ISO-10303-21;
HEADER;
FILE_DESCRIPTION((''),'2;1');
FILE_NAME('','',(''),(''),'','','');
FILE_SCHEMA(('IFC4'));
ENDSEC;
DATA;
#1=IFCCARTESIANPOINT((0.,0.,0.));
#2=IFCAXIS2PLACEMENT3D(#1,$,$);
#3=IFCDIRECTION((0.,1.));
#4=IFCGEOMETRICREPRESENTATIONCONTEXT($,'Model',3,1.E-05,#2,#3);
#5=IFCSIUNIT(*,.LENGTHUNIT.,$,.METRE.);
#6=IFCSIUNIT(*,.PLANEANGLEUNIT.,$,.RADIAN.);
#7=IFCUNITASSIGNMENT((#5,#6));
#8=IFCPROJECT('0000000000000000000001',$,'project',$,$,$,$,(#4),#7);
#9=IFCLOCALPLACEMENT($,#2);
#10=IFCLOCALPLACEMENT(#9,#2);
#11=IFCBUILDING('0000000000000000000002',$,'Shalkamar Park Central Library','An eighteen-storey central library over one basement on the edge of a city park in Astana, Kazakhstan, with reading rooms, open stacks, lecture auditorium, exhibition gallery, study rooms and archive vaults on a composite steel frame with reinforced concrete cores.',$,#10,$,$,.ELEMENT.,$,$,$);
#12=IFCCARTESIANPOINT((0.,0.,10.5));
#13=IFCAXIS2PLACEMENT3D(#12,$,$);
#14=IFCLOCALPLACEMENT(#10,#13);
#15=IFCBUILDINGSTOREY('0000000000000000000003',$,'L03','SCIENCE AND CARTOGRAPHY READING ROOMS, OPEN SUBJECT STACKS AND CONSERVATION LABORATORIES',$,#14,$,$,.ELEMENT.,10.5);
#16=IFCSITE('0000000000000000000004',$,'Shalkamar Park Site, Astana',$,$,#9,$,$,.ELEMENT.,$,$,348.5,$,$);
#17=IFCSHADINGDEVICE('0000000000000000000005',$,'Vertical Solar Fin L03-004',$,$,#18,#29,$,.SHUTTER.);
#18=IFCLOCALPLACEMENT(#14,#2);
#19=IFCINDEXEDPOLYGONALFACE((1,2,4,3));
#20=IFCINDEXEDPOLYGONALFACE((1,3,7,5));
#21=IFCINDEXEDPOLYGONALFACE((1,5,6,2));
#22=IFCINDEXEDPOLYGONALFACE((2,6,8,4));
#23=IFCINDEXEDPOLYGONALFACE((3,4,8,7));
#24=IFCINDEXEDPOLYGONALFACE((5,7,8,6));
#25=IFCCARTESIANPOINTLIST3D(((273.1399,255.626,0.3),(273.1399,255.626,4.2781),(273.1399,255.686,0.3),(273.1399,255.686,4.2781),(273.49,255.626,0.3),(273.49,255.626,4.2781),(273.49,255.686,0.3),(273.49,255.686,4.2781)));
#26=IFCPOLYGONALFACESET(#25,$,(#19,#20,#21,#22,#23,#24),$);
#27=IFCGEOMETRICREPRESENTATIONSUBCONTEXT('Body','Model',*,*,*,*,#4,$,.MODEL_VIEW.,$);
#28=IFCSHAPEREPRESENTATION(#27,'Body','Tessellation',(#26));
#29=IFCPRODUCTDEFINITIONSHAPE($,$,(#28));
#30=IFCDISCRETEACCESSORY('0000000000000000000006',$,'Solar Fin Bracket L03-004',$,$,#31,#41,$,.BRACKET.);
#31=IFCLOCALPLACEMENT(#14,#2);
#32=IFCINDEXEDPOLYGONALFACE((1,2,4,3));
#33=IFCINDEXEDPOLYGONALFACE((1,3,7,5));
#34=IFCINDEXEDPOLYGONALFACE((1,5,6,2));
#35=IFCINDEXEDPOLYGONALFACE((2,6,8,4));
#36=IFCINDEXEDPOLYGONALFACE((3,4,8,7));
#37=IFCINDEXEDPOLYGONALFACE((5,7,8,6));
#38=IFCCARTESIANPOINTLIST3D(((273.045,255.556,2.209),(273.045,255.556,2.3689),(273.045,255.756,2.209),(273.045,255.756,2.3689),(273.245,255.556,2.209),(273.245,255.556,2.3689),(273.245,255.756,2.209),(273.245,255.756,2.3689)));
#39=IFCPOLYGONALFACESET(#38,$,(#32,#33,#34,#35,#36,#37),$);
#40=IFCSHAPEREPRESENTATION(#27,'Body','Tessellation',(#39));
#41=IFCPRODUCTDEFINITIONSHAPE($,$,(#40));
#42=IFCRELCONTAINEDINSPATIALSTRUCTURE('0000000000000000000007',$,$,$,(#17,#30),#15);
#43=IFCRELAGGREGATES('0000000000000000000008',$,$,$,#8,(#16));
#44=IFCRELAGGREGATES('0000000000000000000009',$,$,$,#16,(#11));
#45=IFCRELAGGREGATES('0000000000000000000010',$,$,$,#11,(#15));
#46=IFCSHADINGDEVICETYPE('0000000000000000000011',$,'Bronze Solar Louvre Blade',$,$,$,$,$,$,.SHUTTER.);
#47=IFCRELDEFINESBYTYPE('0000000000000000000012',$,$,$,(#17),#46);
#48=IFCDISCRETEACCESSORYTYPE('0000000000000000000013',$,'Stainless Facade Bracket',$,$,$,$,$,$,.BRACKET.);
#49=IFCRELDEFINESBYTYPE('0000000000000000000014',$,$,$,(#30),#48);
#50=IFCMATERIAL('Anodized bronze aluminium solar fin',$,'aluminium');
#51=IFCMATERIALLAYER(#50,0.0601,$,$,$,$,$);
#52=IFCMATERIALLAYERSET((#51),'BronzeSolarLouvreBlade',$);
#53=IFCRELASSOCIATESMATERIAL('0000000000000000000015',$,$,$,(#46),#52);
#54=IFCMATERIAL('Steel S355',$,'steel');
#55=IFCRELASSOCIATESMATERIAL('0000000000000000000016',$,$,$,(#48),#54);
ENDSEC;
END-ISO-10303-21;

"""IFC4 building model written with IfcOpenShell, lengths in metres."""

from ifc_helpers import new_model, si_unit, direction, frame, origin, origin_2d, place, context, subcontext, project, spatial, rectangle, extrude, material, layer, layer_set, type_object, element, save


model = new_model("IFC4")

# Units and contexts
model_context = context("Model", 3, precision=1e-05, world=origin(), true_north=direction((0.0, 1.0)))
body_context = subcontext(model_context, "Body", "Model", "MODEL_VIEW")
ifc_project = project(units=[si_unit("LENGTHUNIT", "METRE"), si_unit("PLANEANGLEUNIT", "RADIAN")], contexts=[model_context])

# Site, building, storey
site_placement = place(None, origin())
site = spatial("IfcSite", under=ifc_project, at=site_placement, Name="Shalkamar Park Site, Astana", CompositionType="ELEMENT", RefElevation=348.5)
building_placement = place(site_placement, origin())
building = spatial("IfcBuilding", under=site, at=building_placement, Name="Shalkamar Park Central Library", Description="An eighteen-storey central library over one basement on the edge of a city park in Astana, Kazakhstan, with reading rooms, open stacks, lecture auditorium, exhibition gallery, study rooms and archive vaults on a composite steel frame with reinforced concrete cores.", CompositionType="ELEMENT")
storey_placement = place(building_placement, frame((0.0, 0.0, 10.5)))
storey = spatial("IfcBuildingStorey", under=building, at=storey_placement, Name="L03", Description="SCIENCE AND CARTOGRAPHY READING ROOMS, OPEN SUBJECT STACKS AND CONSERVATION LABORATORIES", CompositionType="ELEMENT", Elevation=10.5)

# Shared definitions
ifc_material_1 = material(Name="Steel S355", Category="steel")

# Shading device
ifc_material_2 = material(Name="Anodized bronze aluminium solar fin", Category="aluminium")
ifc_layer_1 = layer(ifc_material_2, 0.0601)
ifc_layer_set_1 = layer_set([ifc_layer_1], Name="BronzeSolarLouvreBlade")
shading_device_type = type_object("IfcShadingDeviceType", Name="Bronze Solar Louvre Blade", PredefinedType="SHUTTER", material=ifc_layer_set_1)
shading_device_placement = place(storey_placement, frame((273.3149, 255.656, 0.3), z_axis=(0.0, 0.0, 1.0), x_axis=(1.0, 0.0, 0.0)))
element("IfcShadingDevice", 1, at=shading_device_placement, inside=storey, type_object=shading_device_type, Name="Vertical Solar Fin L03-004", PredefinedType="SHUTTER", context=body_context, shape_type="SweptSolid", body=[
    extrude(rectangle(XDim=0.3501, YDim=0.0601, at=origin_2d()), origin(), (0.0, 0.0, 1.0), 3.978),
])

# Discrete accessory
discrete_accessory_type = type_object("IfcDiscreteAccessoryType", Name="Stainless Facade Bracket", PredefinedType="BRACKET", material=ifc_material_1)
discrete_accessory_placement = place(storey_placement, frame((273.145, 255.656, 2.209), z_axis=(0.0, 0.0, 1.0), x_axis=(1.0, 0.0, 0.0)))
element("IfcDiscreteAccessory", 2, at=discrete_accessory_placement, inside=storey, type_object=discrete_accessory_type, Name="Solar Fin Bracket L03-004", PredefinedType="BRACKET", context=body_context, shape_type="SweptSolid", body=[
    extrude(rectangle(XDim=0.2, YDim=0.2, at=origin_2d()), origin(), (0.0, 0.0, 1.0), 0.1599),
])

save(model, "model.ifc")
